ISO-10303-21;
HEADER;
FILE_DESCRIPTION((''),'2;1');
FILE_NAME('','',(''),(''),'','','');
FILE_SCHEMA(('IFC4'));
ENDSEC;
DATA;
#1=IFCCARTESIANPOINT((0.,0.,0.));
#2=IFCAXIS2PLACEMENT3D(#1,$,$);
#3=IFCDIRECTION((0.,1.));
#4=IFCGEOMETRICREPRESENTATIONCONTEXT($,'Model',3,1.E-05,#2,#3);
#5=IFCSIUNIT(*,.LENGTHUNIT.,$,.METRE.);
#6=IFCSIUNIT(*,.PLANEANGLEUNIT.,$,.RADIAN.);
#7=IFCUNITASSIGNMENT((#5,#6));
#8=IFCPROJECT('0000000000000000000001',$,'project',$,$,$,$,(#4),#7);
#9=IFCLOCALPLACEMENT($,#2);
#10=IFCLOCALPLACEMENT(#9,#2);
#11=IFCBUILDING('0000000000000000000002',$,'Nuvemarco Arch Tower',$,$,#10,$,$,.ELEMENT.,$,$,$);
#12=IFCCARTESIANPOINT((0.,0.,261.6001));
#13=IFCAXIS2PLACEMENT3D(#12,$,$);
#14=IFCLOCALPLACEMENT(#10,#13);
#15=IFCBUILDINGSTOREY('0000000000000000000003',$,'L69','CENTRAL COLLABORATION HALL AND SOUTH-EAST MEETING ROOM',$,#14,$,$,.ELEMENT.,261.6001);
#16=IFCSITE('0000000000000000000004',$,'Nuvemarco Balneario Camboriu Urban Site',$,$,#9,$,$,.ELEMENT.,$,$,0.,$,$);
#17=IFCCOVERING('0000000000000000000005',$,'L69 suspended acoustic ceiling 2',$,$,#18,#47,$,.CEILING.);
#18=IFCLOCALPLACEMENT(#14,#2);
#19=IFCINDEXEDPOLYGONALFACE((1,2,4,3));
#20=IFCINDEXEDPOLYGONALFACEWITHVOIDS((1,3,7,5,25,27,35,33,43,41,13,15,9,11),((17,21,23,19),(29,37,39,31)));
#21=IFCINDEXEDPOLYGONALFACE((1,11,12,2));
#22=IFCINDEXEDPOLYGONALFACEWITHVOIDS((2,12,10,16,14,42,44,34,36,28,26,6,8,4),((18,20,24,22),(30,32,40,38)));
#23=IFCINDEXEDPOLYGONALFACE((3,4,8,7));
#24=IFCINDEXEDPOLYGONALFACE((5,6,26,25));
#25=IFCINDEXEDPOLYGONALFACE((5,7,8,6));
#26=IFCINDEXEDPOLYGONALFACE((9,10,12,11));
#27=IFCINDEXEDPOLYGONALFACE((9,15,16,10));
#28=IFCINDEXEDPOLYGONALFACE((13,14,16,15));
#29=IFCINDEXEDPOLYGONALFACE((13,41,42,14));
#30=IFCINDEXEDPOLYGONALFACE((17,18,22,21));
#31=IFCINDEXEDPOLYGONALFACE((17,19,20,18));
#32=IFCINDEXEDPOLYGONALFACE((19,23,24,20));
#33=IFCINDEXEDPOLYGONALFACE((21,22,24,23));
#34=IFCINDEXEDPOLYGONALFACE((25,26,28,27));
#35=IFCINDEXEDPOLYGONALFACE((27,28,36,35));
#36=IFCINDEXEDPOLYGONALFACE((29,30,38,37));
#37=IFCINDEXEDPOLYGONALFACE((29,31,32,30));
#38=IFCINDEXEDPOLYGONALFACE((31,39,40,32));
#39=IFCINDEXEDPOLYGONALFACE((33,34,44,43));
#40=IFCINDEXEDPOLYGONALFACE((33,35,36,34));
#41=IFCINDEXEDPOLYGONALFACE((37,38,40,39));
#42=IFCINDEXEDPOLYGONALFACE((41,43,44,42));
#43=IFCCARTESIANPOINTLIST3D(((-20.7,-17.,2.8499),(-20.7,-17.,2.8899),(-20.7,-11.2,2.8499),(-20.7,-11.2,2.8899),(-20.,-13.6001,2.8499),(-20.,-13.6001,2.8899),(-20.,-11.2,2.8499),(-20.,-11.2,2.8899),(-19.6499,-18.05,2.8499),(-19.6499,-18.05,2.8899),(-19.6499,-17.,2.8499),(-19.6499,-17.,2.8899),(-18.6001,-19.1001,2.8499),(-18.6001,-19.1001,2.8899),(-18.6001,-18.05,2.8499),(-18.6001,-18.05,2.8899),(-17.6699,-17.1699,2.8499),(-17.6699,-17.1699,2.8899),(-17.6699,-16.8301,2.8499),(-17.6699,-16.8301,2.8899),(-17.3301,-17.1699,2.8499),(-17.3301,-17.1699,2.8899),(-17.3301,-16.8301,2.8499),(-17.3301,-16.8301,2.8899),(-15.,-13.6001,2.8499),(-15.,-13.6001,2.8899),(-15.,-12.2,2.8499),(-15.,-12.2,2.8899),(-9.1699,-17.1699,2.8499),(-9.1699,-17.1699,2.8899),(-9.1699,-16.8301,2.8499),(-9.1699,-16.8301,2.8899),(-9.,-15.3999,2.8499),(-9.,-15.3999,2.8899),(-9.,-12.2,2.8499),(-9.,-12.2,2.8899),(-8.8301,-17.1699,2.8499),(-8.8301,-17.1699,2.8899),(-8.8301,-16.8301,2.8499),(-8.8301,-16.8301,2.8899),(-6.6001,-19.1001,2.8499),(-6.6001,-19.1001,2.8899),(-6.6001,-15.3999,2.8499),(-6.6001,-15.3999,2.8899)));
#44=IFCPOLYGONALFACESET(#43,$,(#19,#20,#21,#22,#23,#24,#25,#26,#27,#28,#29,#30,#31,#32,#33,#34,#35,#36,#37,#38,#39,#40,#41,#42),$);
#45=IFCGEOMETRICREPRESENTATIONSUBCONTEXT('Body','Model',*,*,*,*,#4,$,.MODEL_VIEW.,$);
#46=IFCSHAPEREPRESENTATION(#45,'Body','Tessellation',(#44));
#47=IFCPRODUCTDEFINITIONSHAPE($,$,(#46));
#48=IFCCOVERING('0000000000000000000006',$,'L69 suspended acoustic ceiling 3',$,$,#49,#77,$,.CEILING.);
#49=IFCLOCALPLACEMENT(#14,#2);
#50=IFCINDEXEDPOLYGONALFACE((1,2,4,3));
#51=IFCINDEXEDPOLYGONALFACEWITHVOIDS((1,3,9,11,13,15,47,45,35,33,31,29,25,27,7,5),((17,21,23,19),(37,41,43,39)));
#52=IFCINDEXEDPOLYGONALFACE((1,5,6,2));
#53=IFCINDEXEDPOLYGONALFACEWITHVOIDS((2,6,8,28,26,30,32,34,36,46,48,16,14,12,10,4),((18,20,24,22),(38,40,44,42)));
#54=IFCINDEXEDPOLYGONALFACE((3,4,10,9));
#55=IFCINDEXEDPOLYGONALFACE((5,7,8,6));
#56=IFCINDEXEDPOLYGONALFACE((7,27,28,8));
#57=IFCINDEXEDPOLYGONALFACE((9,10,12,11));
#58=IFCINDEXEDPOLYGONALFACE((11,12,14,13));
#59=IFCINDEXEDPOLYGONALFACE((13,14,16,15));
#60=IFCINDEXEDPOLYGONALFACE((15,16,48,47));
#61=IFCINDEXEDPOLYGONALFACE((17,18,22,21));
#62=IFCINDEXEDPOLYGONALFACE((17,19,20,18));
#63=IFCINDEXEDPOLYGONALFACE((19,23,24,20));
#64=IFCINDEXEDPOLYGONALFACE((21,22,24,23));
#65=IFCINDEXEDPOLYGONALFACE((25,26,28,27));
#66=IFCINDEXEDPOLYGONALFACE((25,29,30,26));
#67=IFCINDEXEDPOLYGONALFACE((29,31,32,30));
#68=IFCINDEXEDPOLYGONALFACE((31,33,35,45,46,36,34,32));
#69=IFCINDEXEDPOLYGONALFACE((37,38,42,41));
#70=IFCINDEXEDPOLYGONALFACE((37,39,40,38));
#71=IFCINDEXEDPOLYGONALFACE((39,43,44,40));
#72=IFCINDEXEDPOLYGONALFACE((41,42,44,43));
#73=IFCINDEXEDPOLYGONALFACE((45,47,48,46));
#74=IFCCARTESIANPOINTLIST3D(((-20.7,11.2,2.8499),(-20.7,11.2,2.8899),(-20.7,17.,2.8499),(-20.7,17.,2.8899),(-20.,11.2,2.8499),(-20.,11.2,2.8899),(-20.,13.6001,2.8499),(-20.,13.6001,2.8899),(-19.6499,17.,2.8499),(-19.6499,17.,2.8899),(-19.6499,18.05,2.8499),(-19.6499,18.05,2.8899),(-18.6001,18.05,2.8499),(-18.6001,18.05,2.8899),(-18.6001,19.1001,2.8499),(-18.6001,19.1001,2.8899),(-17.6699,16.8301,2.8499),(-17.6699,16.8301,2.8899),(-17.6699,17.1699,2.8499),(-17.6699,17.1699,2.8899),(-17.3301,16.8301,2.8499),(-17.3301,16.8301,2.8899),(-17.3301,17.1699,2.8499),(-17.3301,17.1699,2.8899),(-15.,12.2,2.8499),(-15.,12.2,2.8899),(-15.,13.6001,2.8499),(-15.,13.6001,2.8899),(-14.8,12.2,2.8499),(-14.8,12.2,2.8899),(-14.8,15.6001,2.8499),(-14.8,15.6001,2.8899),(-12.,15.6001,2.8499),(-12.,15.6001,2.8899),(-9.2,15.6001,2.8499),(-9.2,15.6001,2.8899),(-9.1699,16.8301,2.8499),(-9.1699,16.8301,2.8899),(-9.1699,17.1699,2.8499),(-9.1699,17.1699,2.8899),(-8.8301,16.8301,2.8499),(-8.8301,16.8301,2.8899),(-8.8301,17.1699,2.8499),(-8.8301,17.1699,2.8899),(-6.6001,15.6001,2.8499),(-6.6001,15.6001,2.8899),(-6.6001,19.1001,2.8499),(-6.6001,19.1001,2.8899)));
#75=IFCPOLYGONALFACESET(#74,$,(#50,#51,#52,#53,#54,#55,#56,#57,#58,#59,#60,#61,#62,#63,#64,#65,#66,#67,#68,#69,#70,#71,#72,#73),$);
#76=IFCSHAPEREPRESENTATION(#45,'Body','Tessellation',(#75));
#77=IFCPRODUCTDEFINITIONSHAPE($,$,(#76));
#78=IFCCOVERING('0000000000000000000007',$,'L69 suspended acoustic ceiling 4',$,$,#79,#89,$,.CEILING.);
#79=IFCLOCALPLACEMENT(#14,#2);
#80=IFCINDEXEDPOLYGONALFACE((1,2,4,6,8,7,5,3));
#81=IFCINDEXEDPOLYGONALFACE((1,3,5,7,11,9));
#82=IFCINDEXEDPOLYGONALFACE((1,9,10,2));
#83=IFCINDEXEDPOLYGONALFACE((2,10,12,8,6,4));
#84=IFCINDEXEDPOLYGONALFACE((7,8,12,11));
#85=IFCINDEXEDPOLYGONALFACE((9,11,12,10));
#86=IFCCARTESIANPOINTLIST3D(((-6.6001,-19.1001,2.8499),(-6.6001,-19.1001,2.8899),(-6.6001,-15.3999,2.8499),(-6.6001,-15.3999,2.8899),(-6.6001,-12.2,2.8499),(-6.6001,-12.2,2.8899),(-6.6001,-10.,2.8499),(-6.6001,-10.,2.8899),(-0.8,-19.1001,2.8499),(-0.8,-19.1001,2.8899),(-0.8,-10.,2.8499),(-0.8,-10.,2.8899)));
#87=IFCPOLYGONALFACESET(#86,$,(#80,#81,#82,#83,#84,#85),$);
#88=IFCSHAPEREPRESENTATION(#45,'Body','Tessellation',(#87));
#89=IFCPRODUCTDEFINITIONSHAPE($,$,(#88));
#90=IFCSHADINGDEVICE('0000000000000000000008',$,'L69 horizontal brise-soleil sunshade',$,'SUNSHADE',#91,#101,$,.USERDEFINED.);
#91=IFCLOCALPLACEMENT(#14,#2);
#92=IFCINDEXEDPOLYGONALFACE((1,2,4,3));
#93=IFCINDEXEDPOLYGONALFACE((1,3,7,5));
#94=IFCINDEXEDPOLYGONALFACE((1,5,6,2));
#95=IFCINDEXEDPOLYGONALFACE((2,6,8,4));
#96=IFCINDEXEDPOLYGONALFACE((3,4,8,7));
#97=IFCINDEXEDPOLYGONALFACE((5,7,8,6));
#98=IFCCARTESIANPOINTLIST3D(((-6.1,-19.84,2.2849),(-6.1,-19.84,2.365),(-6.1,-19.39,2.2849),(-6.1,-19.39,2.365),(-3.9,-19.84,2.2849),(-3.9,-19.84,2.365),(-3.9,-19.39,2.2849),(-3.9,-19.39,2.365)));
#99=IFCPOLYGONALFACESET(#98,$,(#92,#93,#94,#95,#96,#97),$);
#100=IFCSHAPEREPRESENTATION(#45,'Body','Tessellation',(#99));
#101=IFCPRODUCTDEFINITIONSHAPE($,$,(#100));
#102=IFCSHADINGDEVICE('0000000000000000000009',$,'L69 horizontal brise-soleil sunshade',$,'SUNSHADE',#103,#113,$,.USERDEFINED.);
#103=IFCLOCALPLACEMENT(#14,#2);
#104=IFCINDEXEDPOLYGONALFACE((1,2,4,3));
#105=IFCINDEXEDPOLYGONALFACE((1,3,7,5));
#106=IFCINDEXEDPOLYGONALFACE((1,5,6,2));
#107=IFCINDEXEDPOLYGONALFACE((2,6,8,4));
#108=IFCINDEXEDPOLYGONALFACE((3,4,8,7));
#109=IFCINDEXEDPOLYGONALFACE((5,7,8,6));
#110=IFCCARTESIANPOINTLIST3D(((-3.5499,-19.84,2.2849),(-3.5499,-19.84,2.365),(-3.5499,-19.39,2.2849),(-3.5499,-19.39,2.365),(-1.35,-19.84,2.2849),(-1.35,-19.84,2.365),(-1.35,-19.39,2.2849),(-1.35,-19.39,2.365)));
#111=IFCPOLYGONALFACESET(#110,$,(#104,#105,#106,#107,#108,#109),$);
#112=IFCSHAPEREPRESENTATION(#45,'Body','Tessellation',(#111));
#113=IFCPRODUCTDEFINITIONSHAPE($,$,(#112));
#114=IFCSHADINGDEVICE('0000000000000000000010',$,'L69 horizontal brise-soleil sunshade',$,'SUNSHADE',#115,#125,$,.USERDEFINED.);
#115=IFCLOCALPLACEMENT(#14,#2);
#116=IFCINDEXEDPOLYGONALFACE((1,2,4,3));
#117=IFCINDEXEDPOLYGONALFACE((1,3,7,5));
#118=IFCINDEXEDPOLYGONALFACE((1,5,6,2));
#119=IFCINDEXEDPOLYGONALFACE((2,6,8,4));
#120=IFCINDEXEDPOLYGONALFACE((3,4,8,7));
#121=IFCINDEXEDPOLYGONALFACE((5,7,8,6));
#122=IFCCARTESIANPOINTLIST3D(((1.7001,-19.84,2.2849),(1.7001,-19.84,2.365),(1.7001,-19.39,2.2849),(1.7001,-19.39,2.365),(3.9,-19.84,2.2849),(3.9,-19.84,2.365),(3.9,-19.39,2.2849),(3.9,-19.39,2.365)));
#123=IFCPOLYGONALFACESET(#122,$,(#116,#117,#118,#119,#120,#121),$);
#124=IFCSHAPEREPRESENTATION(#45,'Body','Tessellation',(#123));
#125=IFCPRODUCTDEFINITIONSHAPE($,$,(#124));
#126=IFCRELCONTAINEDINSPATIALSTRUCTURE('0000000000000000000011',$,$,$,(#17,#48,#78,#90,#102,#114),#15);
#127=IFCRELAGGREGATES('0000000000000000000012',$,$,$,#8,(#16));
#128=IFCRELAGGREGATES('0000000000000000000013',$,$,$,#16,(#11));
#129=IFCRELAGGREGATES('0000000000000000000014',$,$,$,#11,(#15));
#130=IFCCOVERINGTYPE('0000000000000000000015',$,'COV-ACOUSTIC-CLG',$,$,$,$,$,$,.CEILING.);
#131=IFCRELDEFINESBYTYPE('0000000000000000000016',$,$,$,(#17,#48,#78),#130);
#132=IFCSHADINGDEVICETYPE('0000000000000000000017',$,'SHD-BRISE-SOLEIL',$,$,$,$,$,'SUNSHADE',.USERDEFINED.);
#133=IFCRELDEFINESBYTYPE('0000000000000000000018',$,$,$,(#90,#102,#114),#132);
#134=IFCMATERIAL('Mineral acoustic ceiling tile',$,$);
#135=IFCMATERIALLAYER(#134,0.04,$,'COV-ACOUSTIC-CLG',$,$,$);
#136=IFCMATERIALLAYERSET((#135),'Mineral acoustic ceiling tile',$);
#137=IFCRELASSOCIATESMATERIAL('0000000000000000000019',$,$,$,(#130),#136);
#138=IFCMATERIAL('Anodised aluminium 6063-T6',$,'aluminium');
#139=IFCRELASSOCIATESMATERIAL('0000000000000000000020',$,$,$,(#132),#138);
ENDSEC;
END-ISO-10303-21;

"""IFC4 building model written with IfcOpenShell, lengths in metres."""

from ifc_helpers import new_model, si_unit, direction, frame, origin, origin_2d, place, context, subcontext, project, spatial, polyline, rectangle, outline, extrude, source, transform, mapped, material, layer, layer_set, type_object, type_shapes, element, save


model = new_model("IFC4")

# Units and contexts
model_context = context("Model", 3, precision=1e-05, world=origin(), true_north=direction((0.0, 1.0)))
body_context = subcontext(model_context, "Body", "Model", "MODEL_VIEW")
ifc_project = project(units=[si_unit("LENGTHUNIT", "METRE"), si_unit("PLANEANGLEUNIT", "RADIAN")], contexts=[model_context])

# Site, building, storey
site_placement = place(None, origin())
site = spatial("IfcSite", under=ifc_project, at=site_placement, Name="Nuvemarco Balneario Camboriu Urban Site", CompositionType="ELEMENT", RefElevation=0.0)
building_placement = place(site_placement, origin())
building = spatial("IfcBuilding", under=site, at=building_placement, Name="Nuvemarco Arch Tower", CompositionType="ELEMENT")
storey_placement = place(building_placement, frame((0.0, 0.0, 261.6001)))
storey = spatial("IfcBuildingStorey", under=building, at=storey_placement, Name="L69", Description="CENTRAL COLLABORATION HALL AND SOUTH-EAST MEETING ROOM", CompositionType="ELEMENT", Elevation=261.6001)

# Coverings
ifc_material_1 = material(Name="Mineral acoustic ceiling tile")
ifc_layer_1 = layer(ifc_material_1, 0.04, Name="COV-ACOUSTIC-CLG")
ifc_layer_set_1 = layer_set([ifc_layer_1], Name="Mineral acoustic ceiling tile")
covering_type = type_object("IfcCoveringType", Name="COV-ACOUSTIC-CLG", PredefinedType="CEILING", material=ifc_layer_set_1)
covering_1_placement = place(storey_placement, frame((0.0, 0.0, 2.8499)))
element("IfcCovering", 1, at=covering_1_placement, inside=storey, type_object=covering_type, Name="L69 suspended acoustic ceiling 2", PredefinedType="CEILING", context=body_context, shape_type="SweptSolid", body=[
    extrude(outline(polyline([(-20.7, -17.0), (-20.7, -11.2), (-20.0, -11.2), (-20.0, -13.6001), (-15.0, -13.6001), (-15.0, -12.2), (-9.0, -12.2), (-9.0, -15.3999), (-6.6001, -15.3999), (-6.6001, -19.1001), (-18.6001, -19.1001), (-18.6001, -18.05), (-19.6499, -18.05), (-19.6499, -17.0), (-20.7, -17.0)]), holes=[polyline([(-17.3301, -16.8301), (-17.6699, -16.8301), (-17.6699, -17.1699), (-17.3301, -17.1699), (-17.3301, -16.8301)]), polyline([(-8.8301, -16.8301), (-9.1699, -16.8301), (-9.1699, -17.1699), (-8.8301, -17.1699), (-8.8301, -16.8301)])]), origin(), (0.0, 0.0, 1.0), 0.04),
])
covering_2_placement = place(storey_placement, frame((0.0, 0.0, 2.8499)))
element("IfcCovering", 2, at=covering_2_placement, inside=storey, type_object=covering_type, Name="L69 suspended acoustic ceiling 3", PredefinedType="CEILING", context=body_context, shape_type="SweptSolid", body=[
    extrude(outline(polyline([(-15.0, 12.2), (-15.0, 13.6001), (-20.0, 13.6001), (-20.0, 11.2), (-20.7, 11.2), (-20.7, 17.0), (-19.6499, 17.0), (-19.6499, 18.05), (-18.6001, 18.05), (-18.6001, 19.1001), (-6.6001, 19.1001), (-6.6001, 15.6001), (-9.2, 15.6001), (-12.0, 15.6001), (-14.8, 15.6001), (-14.8, 12.2), (-15.0, 12.2)]), holes=[polyline([(-17.3301, 17.1699), (-17.6699, 17.1699), (-17.6699, 16.8301), (-17.3301, 16.8301), (-17.3301, 17.1699)]), polyline([(-8.8301, 17.1699), (-9.1699, 17.1699), (-9.1699, 16.8301), (-8.8301, 16.8301), (-8.8301, 17.1699)])]), origin(), (0.0, 0.0, 1.0), 0.04),
])
covering_3_placement = place(storey_placement, frame((0.0, 0.0, 2.8499)))
element("IfcCovering", 3, at=covering_3_placement, inside=storey, type_object=covering_type, Name="L69 suspended acoustic ceiling 4", PredefinedType="CEILING", context=body_context, shape_type="SweptSolid", body=[
    extrude(outline(polyline([(-6.6001, -10.0), (-0.8, -10.0), (-0.8, -19.1001), (-6.6001, -19.1001), (-6.6001, -15.3999), (-6.6001, -12.2), (-6.6001, -10.0)])), origin(), (0.0, 0.0, 1.0), 0.04),
])

# Shading devices
ifc_material_2 = material(Name="Anodised aluminium 6063-T6", Category="aluminium")
shading_device_type = type_object("IfcShadingDeviceType", Name="SHD-BRISE-SOLEIL", ElementType="SUNSHADE", PredefinedType="USERDEFINED", material=ifc_material_2)
shared_shape_1 = source(origin(), body_context, "Body", "SweptSolid", [
    extrude(rectangle(XDim=2.2, YDim=0.45, at=origin_2d()), origin(), (0.0, 0.0, 1.0), 0.0801),
])
type_shapes(shading_device_type, [shared_shape_1])
for number, where, z_axis, x_axis, name in (
    (4, (-5.0, -19.615, 2.2849), (0.0, 0.0, 1.0), (1.0, 0.0, 0.0), "L69 horizontal brise-soleil sunshade"),
    (5, (-2.45, -19.615, 2.2849), (0.0, 0.0, 1.0), (1.0, 0.0, 0.0), "L69 horizontal brise-soleil sunshade"),
    (6, (2.8, -19.615, 2.2849), (0.0, 0.0, 1.0), (1.0, 0.0, 0.0), "L69 horizontal brise-soleil sunshade"),
):
    element("IfcShadingDevice", number, at=place(storey_placement, frame(where, z_axis=z_axis, x_axis=x_axis)), inside=storey, type_object=shading_device_type, Name=name, ObjectType="SUNSHADE", PredefinedType="USERDEFINED", context=body_context, shape_type="MappedRepresentation", body=[
        mapped(shared_shape_1, transform((0.0, 0.0, 0.0), scale=1.0)),
    ])

save(model, "model.ifc")
